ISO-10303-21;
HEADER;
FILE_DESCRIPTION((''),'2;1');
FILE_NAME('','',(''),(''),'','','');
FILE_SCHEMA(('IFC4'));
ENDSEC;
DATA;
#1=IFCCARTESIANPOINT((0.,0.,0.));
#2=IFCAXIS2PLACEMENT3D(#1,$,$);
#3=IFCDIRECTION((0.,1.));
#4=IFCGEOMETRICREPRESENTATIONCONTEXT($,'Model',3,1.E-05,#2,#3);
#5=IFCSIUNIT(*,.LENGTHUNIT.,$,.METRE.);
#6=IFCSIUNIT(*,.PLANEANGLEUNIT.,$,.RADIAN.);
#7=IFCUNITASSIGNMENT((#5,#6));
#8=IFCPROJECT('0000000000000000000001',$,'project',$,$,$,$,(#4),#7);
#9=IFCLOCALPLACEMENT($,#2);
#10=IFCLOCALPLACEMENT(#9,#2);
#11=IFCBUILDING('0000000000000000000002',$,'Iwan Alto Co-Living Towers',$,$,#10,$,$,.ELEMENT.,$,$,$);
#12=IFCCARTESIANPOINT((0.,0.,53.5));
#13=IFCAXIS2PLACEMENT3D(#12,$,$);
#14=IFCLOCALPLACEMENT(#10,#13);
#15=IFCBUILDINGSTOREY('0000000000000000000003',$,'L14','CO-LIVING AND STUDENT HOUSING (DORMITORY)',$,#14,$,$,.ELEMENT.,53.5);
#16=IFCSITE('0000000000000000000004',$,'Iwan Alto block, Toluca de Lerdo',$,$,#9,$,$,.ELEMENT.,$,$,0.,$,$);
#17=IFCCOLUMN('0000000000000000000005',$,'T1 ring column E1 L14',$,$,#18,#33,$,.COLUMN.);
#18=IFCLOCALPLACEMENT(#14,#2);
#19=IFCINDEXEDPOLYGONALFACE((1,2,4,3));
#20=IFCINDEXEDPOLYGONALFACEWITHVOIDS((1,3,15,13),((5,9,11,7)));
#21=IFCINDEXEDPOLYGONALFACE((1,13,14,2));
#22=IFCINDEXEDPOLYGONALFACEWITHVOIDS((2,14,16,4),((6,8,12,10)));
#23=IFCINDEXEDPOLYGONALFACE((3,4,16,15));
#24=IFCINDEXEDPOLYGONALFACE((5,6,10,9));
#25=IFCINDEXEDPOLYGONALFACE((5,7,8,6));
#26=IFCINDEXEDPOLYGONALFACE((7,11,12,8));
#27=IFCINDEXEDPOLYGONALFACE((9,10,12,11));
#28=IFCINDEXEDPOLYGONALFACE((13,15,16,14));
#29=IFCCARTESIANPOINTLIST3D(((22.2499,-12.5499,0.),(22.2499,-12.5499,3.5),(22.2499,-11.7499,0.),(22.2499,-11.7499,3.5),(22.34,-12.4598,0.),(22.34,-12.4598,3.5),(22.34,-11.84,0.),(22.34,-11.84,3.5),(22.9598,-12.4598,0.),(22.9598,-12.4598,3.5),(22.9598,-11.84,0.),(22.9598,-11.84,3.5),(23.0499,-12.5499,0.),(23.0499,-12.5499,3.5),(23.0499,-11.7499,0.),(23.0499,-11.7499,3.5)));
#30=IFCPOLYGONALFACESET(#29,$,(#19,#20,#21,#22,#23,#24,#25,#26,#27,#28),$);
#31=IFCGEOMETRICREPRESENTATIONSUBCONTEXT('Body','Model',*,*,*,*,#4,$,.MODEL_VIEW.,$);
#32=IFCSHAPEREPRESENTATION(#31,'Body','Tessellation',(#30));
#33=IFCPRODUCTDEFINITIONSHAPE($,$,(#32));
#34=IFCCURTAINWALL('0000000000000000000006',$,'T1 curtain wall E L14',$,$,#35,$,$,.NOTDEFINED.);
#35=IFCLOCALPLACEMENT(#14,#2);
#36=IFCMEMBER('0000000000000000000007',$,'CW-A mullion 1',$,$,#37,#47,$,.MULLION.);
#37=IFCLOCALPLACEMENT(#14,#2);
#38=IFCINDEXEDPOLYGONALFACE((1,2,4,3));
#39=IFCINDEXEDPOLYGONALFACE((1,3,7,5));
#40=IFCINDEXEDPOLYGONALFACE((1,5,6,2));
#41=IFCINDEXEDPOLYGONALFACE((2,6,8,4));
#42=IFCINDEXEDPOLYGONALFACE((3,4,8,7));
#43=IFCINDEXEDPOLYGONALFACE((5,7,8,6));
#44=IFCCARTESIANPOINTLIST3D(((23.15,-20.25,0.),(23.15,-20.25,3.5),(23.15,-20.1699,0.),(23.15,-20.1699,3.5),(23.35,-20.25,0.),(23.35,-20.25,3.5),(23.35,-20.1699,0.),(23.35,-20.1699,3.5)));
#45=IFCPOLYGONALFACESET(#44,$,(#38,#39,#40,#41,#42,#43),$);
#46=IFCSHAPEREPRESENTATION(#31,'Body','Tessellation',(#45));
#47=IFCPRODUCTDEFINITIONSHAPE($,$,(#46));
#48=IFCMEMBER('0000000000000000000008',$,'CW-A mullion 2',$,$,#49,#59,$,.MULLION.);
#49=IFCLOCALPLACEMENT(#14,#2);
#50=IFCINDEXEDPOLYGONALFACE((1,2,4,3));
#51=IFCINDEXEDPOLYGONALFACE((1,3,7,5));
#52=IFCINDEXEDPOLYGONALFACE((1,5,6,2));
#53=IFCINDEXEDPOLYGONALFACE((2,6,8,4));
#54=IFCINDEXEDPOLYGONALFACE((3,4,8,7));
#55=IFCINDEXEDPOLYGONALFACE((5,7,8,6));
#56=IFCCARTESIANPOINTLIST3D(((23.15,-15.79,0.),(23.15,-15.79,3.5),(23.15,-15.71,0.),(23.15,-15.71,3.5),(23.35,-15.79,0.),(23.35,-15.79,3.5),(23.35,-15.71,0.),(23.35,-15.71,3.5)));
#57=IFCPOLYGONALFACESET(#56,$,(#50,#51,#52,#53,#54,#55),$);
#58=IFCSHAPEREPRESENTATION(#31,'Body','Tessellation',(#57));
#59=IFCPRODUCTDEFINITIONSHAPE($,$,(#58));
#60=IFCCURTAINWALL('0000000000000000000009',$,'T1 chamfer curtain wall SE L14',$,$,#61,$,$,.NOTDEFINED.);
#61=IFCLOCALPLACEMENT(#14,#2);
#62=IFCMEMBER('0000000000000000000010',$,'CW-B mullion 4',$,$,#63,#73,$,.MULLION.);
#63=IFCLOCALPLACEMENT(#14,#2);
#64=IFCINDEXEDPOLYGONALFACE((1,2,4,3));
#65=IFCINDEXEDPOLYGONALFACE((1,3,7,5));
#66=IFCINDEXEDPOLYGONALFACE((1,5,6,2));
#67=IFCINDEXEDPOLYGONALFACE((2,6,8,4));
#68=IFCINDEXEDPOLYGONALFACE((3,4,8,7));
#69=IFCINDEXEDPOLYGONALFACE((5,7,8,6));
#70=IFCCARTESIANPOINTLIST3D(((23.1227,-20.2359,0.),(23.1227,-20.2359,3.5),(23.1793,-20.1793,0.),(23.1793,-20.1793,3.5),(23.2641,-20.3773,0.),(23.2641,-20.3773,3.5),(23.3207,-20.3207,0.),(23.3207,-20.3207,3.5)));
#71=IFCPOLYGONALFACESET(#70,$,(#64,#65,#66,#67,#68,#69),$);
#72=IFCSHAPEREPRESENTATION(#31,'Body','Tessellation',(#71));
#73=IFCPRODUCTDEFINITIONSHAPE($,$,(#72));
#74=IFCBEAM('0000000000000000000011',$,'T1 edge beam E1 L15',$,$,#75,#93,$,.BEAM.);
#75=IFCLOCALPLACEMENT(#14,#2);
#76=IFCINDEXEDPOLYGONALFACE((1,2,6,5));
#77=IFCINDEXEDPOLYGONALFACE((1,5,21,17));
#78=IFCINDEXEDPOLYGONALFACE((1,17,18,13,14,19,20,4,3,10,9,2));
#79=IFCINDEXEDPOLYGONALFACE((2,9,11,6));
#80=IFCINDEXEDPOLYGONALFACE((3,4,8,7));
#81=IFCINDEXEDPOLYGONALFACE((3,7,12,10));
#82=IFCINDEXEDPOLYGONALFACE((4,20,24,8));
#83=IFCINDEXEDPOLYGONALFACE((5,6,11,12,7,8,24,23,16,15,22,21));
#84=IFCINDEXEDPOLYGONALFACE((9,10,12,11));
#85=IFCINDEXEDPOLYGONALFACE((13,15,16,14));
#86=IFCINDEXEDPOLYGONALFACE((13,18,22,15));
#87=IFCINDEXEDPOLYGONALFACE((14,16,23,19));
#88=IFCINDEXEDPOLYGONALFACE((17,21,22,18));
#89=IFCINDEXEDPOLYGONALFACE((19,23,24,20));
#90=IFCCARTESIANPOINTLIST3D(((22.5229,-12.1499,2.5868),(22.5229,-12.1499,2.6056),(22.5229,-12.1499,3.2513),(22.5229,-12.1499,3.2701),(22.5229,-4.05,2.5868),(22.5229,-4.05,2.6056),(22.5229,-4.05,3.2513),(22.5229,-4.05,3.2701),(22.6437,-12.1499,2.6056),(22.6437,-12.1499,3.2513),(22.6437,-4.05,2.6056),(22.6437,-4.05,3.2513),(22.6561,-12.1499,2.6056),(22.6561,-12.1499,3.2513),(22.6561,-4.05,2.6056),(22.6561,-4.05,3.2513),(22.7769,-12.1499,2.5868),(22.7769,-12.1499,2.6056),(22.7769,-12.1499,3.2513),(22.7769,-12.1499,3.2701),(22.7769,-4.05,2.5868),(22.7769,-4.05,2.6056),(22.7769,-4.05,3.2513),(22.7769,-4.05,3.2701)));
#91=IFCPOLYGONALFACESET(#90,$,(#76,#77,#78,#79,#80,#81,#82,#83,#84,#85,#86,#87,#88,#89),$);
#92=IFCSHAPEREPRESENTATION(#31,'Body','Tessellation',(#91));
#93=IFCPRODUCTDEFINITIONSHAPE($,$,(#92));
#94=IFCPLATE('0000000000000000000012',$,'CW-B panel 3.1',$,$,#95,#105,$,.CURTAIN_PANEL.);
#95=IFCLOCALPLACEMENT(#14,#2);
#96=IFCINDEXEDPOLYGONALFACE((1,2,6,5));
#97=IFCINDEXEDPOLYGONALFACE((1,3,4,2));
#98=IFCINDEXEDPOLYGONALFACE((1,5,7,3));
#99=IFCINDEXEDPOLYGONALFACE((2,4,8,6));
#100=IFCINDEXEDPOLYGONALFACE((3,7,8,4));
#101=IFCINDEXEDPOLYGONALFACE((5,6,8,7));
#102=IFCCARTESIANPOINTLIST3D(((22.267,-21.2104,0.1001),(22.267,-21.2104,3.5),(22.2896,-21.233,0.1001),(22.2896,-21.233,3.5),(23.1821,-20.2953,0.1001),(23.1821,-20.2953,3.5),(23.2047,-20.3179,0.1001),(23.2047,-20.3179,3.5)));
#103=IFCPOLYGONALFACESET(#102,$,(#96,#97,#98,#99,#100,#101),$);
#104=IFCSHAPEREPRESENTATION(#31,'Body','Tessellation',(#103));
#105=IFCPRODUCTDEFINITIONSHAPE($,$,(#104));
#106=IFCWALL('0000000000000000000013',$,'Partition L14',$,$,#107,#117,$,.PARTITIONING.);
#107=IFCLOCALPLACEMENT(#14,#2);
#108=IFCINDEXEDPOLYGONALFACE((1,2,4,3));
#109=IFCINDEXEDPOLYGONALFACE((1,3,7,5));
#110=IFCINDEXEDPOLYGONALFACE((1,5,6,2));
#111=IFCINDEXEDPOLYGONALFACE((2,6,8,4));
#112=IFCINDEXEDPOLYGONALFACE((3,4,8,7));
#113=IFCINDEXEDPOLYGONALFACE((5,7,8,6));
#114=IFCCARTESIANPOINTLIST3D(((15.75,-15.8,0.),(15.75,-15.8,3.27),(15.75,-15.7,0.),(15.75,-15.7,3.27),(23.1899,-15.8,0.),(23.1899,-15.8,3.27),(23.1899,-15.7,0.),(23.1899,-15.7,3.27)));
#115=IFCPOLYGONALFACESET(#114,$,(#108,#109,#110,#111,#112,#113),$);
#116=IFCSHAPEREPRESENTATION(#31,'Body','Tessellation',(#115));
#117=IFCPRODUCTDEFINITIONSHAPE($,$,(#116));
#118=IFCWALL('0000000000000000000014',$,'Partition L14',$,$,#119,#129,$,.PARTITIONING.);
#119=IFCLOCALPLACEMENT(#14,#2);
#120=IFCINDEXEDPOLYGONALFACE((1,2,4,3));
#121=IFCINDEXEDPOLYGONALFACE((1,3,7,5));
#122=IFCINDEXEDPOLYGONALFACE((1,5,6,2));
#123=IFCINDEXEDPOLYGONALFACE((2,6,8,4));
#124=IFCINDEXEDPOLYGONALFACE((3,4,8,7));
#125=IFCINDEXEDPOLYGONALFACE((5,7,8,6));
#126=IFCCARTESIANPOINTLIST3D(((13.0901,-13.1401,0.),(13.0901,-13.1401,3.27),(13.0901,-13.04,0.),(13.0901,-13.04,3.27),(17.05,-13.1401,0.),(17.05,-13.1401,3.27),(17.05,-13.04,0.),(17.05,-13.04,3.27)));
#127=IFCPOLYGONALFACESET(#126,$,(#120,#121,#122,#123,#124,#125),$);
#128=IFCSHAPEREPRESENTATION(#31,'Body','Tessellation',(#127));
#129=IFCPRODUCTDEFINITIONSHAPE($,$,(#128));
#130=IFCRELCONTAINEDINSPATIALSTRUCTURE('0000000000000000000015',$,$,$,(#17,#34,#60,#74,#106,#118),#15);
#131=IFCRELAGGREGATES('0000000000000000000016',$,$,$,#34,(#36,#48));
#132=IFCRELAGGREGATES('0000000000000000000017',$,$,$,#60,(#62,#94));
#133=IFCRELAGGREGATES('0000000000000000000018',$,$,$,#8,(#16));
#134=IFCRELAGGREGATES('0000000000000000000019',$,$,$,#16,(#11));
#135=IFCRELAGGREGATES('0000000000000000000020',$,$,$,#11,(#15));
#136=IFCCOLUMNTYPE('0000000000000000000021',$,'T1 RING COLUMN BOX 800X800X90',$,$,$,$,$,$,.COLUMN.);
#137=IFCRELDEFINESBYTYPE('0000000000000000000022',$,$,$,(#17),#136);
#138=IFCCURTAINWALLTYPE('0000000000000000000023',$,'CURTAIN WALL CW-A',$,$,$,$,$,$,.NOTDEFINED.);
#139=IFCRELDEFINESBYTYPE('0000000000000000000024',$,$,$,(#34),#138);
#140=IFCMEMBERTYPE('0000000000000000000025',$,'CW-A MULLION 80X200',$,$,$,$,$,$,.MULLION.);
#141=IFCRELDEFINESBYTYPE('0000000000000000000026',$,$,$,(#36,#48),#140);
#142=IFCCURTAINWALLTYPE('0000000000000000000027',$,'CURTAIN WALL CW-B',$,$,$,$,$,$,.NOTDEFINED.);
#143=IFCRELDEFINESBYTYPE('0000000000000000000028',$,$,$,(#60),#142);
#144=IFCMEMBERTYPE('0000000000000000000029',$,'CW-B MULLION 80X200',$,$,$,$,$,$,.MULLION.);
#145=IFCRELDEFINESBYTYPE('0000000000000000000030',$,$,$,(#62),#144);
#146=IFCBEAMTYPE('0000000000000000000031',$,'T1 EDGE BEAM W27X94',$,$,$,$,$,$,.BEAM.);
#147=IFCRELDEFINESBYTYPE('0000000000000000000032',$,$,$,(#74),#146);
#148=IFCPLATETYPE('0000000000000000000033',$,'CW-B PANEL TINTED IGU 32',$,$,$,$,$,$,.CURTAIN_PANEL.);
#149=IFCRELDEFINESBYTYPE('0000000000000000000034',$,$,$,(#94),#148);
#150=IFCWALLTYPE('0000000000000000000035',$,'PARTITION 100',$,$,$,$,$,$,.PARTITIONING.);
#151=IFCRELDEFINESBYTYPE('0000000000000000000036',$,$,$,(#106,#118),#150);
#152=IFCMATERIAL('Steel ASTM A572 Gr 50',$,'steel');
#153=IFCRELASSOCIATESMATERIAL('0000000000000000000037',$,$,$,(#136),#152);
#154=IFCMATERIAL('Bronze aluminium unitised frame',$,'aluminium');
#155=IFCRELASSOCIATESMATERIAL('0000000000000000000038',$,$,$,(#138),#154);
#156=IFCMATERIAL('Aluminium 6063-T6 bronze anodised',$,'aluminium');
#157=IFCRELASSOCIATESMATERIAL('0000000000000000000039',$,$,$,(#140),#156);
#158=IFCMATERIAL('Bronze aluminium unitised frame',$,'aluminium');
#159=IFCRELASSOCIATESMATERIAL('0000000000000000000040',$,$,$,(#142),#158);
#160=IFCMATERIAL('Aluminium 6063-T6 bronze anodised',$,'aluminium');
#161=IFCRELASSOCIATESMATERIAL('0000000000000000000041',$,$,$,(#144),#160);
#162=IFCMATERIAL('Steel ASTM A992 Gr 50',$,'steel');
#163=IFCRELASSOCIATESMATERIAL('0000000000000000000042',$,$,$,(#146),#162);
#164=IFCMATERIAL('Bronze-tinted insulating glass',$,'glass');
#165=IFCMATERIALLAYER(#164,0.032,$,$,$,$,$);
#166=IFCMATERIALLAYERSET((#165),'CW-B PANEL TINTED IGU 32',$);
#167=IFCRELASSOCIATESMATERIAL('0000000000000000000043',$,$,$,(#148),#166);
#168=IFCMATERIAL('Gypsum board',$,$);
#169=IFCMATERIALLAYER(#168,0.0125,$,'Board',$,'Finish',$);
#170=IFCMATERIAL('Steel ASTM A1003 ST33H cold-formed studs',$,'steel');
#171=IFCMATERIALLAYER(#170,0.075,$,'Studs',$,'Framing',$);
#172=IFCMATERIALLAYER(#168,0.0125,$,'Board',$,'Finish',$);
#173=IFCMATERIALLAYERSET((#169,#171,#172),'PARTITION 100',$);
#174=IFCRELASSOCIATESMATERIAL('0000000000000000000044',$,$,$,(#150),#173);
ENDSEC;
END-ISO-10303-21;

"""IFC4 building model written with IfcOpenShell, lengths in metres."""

from ifc_helpers import new_model, si_unit, direction, frame, frame_2d, origin, origin_2d, place, context, subcontext, project, spatial, rectangle, hollow_rectangle, i_section, extrude, material, layer, layer_set, material_profile, profile_set, type_object, element, aggregate, save


model = new_model("IFC4")

# Units and contexts
model_context = context("Model", 3, precision=1e-05, world=origin(), true_north=direction((0.0, 1.0)))
body_context = subcontext(model_context, "Body", "Model", "MODEL_VIEW")
ifc_project = project(units=[si_unit("LENGTHUNIT", "METRE"), si_unit("PLANEANGLEUNIT", "RADIAN")], contexts=[model_context])

# Site, building, storey
site_placement = place(None, origin())
site = spatial("IfcSite", under=ifc_project, at=site_placement, Name="Iwan Alto block, Toluca de Lerdo", CompositionType="ELEMENT", RefElevation=0.0)
building_placement = place(site_placement, origin())
building = spatial("IfcBuilding", under=site, at=building_placement, Name="Iwan Alto Co-Living Towers", CompositionType="ELEMENT")
storey_placement = place(building_placement, frame((0.0, 0.0, 53.5)))
storey = spatial("IfcBuildingStorey", under=building, at=storey_placement, Name="L14", Description="CO-LIVING AND STUDENT HOUSING (DORMITORY)", CompositionType="ELEMENT", Elevation=53.5)

# Column
ifc_material_1 = material(Name="Steel ASTM A572 Gr 50", Category="steel")
ifc_material_profile_1 = material_profile(ifc_material_1, hollow_rectangle(XDim=0.8, YDim=0.8, WallThickness=0.0901, at=origin_2d()), Name="BOX 800X800X90")
ifc_profile_set_1 = profile_set([ifc_material_profile_1], Name="Steel ASTM A572 Gr 50")
column_type = type_object("IfcColumnType", Name="T1 RING COLUMN BOX 800X800X90", PredefinedType="COLUMN", material=ifc_profile_set_1)
column_placement = place(storey_placement, frame((22.6499, -12.1499, 0.0), z_axis=(0.0, 0.0, 1.0), x_axis=(1.0, 0.0, 0.0)))
element("IfcColumn", 1, at=column_placement, inside=storey, type_object=column_type, Name="T1 ring column E1 L14", PredefinedType="COLUMN", context=body_context, shape_type="SweptSolid", body=[
    extrude(hollow_rectangle(XDim=0.8, YDim=0.8, WallThickness=0.0901, at=origin_2d()), origin(), (0.0, 0.0, 1.0), 3.5),
])

# Curtain wall, members
ifc_material_2 = material(Name="Bronze aluminium unitised frame", Category="aluminium")
curtain_wall_type_1 = type_object("IfcCurtainWallType", Name="CURTAIN WALL CW-A", PredefinedType="NOTDEFINED", material=ifc_material_2)
curtain_wall_1_placement = place(storey_placement, origin())
curtain_wall_1 = element("IfcCurtainWall", 2, at=curtain_wall_1_placement, inside=storey, type_object=curtain_wall_type_1, Name="T1 curtain wall E L14", PredefinedType="NOTDEFINED")
ifc_material_3 = material(Name="Aluminium 6063-T6 bronze anodised", Category="aluminium")
ifc_material_profile_2 = material_profile(ifc_material_3, rectangle(XDim=0.2, YDim=0.0801, at=origin_2d()), Name="AL 80X200")
ifc_profile_set_2 = profile_set([ifc_material_profile_2], Name="Aluminium 6063-T6 bronze anodised")
member_type_1 = type_object("IfcMemberType", Name="CW-A MULLION 80X200", PredefinedType="MULLION", material=ifc_profile_set_2)
member_1_placement = place(storey_placement, frame((23.25, -20.21, 0.0), z_axis=(0.0, 0.0, 1.0), x_axis=(-1.0, 0.0, 0.0)))
member_1 = element("IfcMember", 3, at=member_1_placement, type_object=member_type_1, Name="CW-A mullion 1", PredefinedType="MULLION", context=body_context, shape_type="SweptSolid", body=[
    extrude(rectangle(XDim=0.2, YDim=0.0801, at=origin_2d()), origin(), (0.0, 0.0, 1.0), 3.5),
])
member_2_placement = place(storey_placement, frame((23.25, -15.75, 0.0), z_axis=(0.0, 0.0, 1.0), x_axis=(-1.0, 0.0, 0.0)))
member_2 = element("IfcMember", 4, at=member_2_placement, type_object=member_type_1, Name="CW-A mullion 2", PredefinedType="MULLION", context=body_context, shape_type="SweptSolid", body=[
    extrude(rectangle(XDim=0.2, YDim=0.0801, at=origin_2d()), origin(), (0.0, 0.0, 1.0), 3.5),
])
aggregate(curtain_wall_1, [member_1, member_2])

# Curtain wall, member
ifc_material_4 = material(Name="Bronze aluminium unitised frame", Category="aluminium")
curtain_wall_type_2 = type_object("IfcCurtainWallType", Name="CURTAIN WALL CW-B", PredefinedType="NOTDEFINED", material=ifc_material_4)
curtain_wall_2_placement = place(storey_placement, origin())
curtain_wall_2 = element("IfcCurtainWall", 5, at=curtain_wall_2_placement, inside=storey, type_object=curtain_wall_type_2, Name="T1 chamfer curtain wall SE L14", PredefinedType="NOTDEFINED")
ifc_material_5 = material(Name="Aluminium 6063-T6 bronze anodised", Category="aluminium")
ifc_material_profile_3 = material_profile(ifc_material_5, rectangle(XDim=0.2, YDim=0.0801, at=origin_2d()), Name="AL 80X200")
ifc_profile_set_3 = profile_set([ifc_material_profile_3], Name="Aluminium 6063-T6 bronze anodised")
member_type_2 = type_object("IfcMemberType", Name="CW-B MULLION 80X200", PredefinedType="MULLION", material=ifc_profile_set_3)
member_3_placement = place(storey_placement, frame((23.2217, -20.2783, 0.0), z_axis=(0.0, 0.0, 1.0), x_axis=(-0.707107, 0.707107, 0.0)))
member_3 = element("IfcMember", 6, at=member_3_placement, type_object=member_type_2, Name="CW-B mullion 4", PredefinedType="MULLION", context=body_context, shape_type="SweptSolid", body=[
    extrude(rectangle(XDim=0.2, YDim=0.0801, at=origin_2d()), origin(), (0.0, 0.0, 1.0), 3.5),
])

# Beam
ifc_material_6 = material(Name="Steel ASTM A992 Gr 50", Category="steel")
ifc_material_profile_4 = material_profile(ifc_material_6, i_section(OverallWidth=0.2539, OverallDepth=0.6833, WebThickness=0.0125, FlangeThickness=0.0188, at=origin_2d()), Name="W27X94")
ifc_profile_set_4 = profile_set([ifc_material_profile_4], Name="Steel ASTM A992 Gr 50")
beam_type = type_object("IfcBeamType", Name="T1 EDGE BEAM W27X94", PredefinedType="BEAM", material=ifc_profile_set_4)
beam_placement = place(storey_placement, frame((22.6499, -12.1499, 2.9285), z_axis=(0.0, 1.0, 0.0), x_axis=(-1.0, 0.0, 0.0)))
element("IfcBeam", 7, at=beam_placement, inside=storey, type_object=beam_type, Name="T1 edge beam E1 L15", PredefinedType="BEAM", context=body_context, shape_type="SweptSolid", body=[
    extrude(i_section(OverallWidth=0.2539, OverallDepth=0.6833, WebThickness=0.0125, FlangeThickness=0.0188, at=origin_2d()), origin(), (0.0, 0.0, 1.0), 8.0999),
])

# Plate
ifc_material_7 = material(Name="Bronze-tinted insulating glass", Category="glass")
ifc_layer_1 = layer(ifc_material_7, 0.032)
ifc_layer_set_1 = layer_set([ifc_layer_1], Name="CW-B PANEL TINTED IGU 32")
plate_type = type_object("IfcPlateType", Name="CW-B PANEL TINTED IGU 32", PredefinedType="CURTAIN_PANEL", material=ifc_layer_set_1)
plate_placement = place(storey_placement, frame((22.7358, -20.7642, 0.1001), z_axis=(0.0, 0.0, 1.0), x_axis=(0.707107, 0.707107, 0.0)))
plate = element("IfcPlate", 8, at=plate_placement, type_object=plate_type, Name="CW-B panel 3.1", PredefinedType="CURTAIN_PANEL", context=body_context, shape_type="SweptSolid", body=[
    extrude(rectangle(XDim=1.2942, YDim=0.032, at=origin_2d()), origin(), (0.0, 0.0, 1.0), 3.3999),
])
aggregate(curtain_wall_2, [member_3, plate])

# Walls
ifc_material_8 = material(Name="Gypsum board")
ifc_layer_2 = layer(ifc_material_8, 0.0125, Name="Board", Category="Finish")
ifc_material_9 = material(Name="Steel ASTM A1003 ST33H cold-formed studs", Category="steel")
ifc_layer_3 = layer(ifc_material_9, 0.075, Name="Studs", Category="Framing")
ifc_layer_4 = layer(ifc_material_8, 0.0125, Name="Board", Category="Finish")
ifc_layer_set_2 = layer_set([ifc_layer_2, ifc_layer_3, ifc_layer_4], Name="PARTITION 100")
wall_type = type_object("IfcWallType", Name="PARTITION 100", PredefinedType="PARTITIONING", material=ifc_layer_set_2)
wall_1_placement = place(storey_placement, frame((15.75, -15.75, 0.0), z_axis=(0.0, 0.0, 1.0), x_axis=(1.0, 0.0, 0.0)))
element("IfcWall", 9, at=wall_1_placement, inside=storey, type_object=wall_type, Name="Partition L14", PredefinedType="PARTITIONING", context=body_context, shape_type="SweptSolid", body=[
    extrude(rectangle(XDim=7.4399, YDim=0.1001, at=frame_2d((3.72, 0.0))), origin(), (0.0, 0.0, 1.0), 3.27),
])
wall_2_placement = place(storey_placement, frame((13.0901, -13.0901, 0.0), z_axis=(0.0, 0.0, 1.0), x_axis=(1.0, 0.0, 0.0)))
element("IfcWall", 10, at=wall_2_placement, inside=storey, type_object=wall_type, Name="Partition L14", PredefinedType="PARTITIONING", context=body_context, shape_type="SweptSolid", body=[
    extrude(rectangle(XDim=3.96, YDim=0.1001, at=frame_2d((1.98, 0.0))), origin(), (0.0, 0.0, 1.0), 3.27),
])

save(model, "model.ifc")
